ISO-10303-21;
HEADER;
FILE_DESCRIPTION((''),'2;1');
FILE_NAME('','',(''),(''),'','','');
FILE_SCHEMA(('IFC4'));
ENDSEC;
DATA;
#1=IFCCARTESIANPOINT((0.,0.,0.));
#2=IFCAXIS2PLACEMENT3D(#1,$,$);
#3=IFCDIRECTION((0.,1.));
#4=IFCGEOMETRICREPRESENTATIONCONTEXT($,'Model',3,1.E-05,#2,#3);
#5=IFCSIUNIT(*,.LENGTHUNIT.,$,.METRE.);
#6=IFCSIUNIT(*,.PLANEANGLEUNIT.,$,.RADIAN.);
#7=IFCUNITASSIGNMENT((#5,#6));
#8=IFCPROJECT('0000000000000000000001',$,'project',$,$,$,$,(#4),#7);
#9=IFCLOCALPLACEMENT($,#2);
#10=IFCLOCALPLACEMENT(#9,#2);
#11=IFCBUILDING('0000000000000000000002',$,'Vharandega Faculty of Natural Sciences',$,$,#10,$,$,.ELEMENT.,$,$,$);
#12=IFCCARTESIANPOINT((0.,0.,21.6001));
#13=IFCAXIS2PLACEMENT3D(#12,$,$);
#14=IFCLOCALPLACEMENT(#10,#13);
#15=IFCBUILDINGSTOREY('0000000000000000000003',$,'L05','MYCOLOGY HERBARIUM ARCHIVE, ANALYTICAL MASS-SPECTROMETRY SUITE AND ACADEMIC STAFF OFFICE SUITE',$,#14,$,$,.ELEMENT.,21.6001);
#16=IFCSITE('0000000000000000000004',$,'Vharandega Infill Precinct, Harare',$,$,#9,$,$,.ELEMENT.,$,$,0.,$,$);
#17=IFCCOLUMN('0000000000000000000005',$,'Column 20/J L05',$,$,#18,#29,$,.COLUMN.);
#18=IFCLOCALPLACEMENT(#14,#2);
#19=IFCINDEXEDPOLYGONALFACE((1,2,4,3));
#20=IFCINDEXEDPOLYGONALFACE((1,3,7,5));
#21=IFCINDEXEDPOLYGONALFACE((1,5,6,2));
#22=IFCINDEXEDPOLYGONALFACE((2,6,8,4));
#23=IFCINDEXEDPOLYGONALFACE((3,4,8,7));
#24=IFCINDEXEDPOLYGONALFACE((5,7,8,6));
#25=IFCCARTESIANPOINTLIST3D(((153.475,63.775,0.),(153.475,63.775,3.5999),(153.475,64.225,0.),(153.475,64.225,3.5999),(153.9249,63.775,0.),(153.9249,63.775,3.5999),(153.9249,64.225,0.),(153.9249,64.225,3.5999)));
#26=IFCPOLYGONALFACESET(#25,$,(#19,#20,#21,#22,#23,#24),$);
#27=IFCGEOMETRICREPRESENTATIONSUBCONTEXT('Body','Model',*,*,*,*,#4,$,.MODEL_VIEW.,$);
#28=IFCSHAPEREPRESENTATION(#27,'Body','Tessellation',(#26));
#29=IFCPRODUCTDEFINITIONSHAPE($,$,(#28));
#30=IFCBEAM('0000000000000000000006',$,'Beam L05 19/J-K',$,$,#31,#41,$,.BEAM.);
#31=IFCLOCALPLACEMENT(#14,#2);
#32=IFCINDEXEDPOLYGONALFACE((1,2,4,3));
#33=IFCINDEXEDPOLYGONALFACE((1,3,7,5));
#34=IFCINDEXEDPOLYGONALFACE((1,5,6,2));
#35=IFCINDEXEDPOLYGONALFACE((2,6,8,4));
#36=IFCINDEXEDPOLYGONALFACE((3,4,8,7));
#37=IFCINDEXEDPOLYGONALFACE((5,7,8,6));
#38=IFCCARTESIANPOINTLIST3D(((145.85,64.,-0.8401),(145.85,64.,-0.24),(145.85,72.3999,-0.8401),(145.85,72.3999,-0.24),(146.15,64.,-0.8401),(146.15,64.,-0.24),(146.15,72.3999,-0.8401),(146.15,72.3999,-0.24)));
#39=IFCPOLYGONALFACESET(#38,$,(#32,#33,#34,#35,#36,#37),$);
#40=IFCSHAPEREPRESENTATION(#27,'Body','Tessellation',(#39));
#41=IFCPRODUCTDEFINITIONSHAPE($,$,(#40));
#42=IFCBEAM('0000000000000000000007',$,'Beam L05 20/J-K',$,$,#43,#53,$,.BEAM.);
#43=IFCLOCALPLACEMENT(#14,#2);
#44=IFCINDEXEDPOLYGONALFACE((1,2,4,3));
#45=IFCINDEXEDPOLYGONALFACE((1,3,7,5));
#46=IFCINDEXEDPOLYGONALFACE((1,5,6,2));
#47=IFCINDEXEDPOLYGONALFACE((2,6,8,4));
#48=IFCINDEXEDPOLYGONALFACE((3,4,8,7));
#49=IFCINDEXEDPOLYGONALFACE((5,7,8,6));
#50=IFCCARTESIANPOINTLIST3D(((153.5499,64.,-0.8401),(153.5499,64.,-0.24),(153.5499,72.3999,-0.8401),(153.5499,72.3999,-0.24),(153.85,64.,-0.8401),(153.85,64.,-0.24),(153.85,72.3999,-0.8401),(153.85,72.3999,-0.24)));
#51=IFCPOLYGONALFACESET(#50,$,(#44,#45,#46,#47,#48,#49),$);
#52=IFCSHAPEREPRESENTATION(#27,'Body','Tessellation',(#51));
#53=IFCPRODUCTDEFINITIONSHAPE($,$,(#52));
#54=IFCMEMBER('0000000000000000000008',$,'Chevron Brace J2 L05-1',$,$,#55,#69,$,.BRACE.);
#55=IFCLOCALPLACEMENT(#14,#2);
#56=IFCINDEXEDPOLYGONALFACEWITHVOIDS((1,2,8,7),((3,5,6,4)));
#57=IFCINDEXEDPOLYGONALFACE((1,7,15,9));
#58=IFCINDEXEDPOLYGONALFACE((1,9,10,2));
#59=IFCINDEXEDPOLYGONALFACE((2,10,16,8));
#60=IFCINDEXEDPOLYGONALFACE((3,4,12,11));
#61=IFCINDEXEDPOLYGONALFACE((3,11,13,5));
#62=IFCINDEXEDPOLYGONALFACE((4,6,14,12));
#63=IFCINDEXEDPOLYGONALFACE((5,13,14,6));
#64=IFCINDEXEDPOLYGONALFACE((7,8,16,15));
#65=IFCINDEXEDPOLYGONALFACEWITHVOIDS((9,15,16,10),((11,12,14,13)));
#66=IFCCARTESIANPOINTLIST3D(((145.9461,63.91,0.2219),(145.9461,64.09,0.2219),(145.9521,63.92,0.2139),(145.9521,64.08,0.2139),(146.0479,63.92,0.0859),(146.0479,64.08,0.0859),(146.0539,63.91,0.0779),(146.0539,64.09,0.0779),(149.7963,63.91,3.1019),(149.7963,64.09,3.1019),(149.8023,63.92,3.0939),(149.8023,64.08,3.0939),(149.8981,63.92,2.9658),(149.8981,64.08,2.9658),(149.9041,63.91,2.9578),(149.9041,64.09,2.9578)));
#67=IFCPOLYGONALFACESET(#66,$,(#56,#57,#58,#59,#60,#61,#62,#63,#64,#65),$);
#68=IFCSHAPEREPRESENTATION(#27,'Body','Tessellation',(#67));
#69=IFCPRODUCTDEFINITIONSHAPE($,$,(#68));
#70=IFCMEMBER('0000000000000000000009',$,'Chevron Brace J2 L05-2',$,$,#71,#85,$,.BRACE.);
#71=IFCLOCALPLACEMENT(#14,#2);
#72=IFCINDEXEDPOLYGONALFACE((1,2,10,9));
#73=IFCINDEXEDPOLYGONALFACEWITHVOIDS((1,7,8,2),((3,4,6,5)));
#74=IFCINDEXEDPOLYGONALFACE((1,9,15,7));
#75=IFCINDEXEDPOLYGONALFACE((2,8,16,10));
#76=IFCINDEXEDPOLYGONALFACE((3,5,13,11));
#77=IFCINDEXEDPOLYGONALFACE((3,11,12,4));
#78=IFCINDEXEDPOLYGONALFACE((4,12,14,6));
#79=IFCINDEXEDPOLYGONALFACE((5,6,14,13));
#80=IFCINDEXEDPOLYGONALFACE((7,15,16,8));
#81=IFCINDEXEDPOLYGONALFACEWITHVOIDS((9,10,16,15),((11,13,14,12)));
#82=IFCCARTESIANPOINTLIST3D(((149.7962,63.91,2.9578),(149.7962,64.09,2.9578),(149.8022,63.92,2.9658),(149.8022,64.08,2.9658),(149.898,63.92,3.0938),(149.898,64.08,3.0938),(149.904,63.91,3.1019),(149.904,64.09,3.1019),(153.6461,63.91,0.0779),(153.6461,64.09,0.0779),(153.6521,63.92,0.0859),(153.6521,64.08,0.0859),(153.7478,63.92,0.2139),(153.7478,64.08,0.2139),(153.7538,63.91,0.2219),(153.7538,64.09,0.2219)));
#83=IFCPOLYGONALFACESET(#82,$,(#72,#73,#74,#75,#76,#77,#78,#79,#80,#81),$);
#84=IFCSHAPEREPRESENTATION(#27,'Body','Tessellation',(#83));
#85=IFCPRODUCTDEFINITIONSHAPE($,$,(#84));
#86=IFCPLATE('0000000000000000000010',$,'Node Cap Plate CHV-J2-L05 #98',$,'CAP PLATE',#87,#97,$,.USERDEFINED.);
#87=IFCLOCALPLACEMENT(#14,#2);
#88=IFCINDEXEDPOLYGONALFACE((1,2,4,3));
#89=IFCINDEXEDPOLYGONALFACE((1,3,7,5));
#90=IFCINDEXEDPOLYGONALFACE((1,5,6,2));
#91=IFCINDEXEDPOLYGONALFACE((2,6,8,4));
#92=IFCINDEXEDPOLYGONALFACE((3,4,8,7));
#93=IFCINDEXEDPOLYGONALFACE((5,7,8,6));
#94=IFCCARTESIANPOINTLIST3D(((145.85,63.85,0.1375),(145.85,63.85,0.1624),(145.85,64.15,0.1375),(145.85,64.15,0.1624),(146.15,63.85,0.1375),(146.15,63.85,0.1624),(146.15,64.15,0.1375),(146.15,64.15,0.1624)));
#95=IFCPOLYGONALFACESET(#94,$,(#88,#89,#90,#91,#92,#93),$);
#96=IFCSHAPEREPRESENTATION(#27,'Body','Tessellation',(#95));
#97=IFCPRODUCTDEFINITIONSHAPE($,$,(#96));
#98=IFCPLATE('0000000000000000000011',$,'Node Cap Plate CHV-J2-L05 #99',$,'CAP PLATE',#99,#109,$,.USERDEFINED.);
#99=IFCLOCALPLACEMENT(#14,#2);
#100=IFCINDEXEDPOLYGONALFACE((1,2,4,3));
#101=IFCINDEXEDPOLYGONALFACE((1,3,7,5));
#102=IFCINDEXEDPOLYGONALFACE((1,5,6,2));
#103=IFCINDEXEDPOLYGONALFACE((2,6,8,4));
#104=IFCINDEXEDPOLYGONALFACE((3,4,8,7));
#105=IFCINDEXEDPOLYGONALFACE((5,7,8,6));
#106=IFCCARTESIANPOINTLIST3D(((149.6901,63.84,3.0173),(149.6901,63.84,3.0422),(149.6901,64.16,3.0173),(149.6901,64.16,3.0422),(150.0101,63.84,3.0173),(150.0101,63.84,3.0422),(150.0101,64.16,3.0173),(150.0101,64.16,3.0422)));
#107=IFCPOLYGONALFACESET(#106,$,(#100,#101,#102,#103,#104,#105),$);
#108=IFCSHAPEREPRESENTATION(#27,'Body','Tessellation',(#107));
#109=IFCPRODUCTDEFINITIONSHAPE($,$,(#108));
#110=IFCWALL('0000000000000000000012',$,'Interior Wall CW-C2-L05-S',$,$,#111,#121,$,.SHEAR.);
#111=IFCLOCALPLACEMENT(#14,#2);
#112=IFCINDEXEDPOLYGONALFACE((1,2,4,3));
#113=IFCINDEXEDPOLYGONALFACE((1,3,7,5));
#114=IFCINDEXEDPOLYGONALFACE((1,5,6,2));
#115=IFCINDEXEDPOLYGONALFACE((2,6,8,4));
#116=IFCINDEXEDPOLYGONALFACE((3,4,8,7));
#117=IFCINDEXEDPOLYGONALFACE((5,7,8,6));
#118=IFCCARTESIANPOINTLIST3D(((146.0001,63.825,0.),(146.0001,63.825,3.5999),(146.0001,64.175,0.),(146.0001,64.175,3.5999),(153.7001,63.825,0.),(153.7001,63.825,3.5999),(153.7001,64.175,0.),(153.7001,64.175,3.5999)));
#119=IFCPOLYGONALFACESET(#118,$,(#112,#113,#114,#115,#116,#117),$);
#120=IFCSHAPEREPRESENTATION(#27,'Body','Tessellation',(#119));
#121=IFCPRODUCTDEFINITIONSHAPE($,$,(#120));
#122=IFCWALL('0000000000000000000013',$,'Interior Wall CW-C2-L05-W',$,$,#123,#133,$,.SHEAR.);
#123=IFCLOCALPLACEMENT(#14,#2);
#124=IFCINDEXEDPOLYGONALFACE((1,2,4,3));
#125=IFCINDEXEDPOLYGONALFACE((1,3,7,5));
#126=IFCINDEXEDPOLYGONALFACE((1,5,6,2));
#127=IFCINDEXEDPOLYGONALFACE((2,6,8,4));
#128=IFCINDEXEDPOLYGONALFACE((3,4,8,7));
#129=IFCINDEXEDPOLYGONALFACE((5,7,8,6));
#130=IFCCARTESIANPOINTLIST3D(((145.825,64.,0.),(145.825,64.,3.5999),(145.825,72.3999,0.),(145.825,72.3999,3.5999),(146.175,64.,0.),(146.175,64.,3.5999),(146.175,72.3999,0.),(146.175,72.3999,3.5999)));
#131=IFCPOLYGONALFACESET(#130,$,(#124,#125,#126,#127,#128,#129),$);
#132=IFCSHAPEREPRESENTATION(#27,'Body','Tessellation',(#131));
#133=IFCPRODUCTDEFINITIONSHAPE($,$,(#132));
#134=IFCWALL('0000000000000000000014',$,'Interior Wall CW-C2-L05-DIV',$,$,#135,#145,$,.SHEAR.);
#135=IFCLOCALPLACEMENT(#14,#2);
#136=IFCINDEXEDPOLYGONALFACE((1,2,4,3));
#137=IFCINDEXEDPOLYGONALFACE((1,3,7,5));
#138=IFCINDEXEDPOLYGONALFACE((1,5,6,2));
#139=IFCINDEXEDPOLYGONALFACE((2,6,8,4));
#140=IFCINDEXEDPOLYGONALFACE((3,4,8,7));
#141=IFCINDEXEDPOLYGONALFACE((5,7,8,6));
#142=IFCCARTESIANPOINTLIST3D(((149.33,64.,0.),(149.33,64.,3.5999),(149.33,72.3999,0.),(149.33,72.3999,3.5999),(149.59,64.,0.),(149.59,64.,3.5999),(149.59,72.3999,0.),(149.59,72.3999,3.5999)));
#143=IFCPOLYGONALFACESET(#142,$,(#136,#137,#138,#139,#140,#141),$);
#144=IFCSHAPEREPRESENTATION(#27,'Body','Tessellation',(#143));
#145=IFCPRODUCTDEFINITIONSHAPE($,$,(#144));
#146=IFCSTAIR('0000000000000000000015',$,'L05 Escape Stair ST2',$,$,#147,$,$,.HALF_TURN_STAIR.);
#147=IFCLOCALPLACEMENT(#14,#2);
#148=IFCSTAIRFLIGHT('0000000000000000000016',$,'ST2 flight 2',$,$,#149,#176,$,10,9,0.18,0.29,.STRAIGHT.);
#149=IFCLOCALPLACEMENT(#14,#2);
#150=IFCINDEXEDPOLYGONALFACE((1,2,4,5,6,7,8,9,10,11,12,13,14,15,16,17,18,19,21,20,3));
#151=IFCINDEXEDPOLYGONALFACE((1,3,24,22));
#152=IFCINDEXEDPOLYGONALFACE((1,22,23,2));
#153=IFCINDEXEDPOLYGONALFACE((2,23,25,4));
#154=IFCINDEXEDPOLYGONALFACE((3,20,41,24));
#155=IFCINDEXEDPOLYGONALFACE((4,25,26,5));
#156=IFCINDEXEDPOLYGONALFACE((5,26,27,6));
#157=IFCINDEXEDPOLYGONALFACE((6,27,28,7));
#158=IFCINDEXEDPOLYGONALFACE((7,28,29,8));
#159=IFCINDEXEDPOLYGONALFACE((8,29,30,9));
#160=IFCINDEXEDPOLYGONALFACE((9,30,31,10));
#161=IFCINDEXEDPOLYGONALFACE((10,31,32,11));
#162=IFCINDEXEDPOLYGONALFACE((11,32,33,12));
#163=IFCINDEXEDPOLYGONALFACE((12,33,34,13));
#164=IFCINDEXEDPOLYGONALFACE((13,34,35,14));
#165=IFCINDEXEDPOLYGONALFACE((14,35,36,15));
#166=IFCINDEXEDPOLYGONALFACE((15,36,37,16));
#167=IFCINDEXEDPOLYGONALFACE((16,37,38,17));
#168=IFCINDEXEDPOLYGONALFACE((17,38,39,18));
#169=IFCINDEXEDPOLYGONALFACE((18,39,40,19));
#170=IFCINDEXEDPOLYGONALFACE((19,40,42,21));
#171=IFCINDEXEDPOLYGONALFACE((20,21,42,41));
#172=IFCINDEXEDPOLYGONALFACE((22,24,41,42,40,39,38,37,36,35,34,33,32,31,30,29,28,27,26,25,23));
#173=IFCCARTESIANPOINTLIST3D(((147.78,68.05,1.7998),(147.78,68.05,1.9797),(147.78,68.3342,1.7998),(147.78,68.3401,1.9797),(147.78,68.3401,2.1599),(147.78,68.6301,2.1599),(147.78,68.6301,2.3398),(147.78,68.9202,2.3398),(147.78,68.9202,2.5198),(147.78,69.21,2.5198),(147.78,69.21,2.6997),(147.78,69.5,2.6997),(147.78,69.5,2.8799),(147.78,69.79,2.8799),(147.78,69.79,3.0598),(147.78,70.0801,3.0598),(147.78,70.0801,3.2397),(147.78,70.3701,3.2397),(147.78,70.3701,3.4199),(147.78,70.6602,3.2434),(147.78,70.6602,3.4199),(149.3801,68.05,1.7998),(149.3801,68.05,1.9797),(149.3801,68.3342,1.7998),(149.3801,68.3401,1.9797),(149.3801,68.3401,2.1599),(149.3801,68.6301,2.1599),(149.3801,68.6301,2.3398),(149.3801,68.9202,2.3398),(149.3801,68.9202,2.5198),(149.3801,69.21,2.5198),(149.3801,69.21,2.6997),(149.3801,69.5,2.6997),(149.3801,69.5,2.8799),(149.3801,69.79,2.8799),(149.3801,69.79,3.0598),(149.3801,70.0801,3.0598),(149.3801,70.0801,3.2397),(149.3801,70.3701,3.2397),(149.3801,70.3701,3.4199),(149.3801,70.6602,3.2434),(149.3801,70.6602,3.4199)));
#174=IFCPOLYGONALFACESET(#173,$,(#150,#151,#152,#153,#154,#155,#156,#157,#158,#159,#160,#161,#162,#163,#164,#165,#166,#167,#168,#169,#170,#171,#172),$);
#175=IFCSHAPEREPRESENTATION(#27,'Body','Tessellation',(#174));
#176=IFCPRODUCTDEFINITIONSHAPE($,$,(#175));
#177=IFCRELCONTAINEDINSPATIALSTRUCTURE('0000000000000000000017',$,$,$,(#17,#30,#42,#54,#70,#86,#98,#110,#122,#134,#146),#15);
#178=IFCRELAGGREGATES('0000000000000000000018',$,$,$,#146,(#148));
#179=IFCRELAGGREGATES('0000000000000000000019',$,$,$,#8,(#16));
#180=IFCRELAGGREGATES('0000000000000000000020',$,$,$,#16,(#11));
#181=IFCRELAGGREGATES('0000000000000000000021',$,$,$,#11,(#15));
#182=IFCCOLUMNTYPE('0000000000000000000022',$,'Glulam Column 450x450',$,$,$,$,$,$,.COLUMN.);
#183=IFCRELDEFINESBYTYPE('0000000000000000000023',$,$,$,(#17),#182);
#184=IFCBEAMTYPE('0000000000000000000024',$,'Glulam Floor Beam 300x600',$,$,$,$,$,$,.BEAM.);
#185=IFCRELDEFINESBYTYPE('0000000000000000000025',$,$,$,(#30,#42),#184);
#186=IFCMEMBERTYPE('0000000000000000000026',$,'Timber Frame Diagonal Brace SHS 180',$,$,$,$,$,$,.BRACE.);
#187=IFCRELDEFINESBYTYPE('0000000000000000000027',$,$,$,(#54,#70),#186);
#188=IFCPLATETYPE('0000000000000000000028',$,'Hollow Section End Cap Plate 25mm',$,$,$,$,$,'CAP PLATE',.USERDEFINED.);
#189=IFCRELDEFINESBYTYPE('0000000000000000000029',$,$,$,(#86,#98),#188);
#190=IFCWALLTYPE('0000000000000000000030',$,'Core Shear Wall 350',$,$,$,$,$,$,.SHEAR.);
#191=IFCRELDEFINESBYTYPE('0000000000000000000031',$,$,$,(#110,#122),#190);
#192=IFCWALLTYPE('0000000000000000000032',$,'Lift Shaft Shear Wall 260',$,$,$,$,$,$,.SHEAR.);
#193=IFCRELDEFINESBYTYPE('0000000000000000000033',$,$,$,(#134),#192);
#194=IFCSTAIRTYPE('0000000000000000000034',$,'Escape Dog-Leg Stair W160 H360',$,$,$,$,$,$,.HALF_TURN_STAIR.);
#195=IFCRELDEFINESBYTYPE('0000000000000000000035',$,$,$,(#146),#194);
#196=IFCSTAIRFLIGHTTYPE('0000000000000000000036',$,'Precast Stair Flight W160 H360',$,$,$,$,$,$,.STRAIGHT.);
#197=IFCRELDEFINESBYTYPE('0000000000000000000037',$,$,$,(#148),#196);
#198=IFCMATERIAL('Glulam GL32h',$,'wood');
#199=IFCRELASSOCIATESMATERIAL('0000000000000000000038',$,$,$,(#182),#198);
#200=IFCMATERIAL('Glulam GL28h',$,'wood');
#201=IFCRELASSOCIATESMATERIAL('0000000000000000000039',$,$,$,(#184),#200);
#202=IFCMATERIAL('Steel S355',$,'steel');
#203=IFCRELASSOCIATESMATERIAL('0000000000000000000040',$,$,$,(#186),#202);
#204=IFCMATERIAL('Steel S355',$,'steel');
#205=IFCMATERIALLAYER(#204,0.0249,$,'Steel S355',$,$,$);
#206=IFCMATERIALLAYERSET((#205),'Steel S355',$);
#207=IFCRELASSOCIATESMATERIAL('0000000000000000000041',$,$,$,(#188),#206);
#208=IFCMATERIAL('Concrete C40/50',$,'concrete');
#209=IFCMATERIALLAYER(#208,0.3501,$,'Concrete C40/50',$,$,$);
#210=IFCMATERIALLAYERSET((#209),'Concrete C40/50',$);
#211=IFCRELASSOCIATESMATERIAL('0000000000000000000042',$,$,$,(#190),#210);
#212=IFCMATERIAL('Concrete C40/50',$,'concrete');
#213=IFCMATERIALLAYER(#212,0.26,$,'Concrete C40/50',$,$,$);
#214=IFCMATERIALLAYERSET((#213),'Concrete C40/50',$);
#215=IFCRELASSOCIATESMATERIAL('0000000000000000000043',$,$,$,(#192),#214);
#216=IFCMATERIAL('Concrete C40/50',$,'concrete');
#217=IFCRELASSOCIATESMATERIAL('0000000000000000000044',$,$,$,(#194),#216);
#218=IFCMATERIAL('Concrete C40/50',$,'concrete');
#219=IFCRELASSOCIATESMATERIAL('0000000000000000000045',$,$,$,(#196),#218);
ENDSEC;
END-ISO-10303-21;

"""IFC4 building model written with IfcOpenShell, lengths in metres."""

from ifc_helpers import new_model, si_unit, direction, frame, frame_2d, origin, origin_2d, place, context, subcontext, project, spatial, polyline, rectangle, hollow_rectangle, outline, extrude, material, layer, layer_set, material_profile, profile_set, type_object, element, aggregate, save


model = new_model("IFC4")

# Units and contexts
model_context = context("Model", 3, precision=1e-05, world=origin(), true_north=direction((0.0, 1.0)))
body_context = subcontext(model_context, "Body", "Model", "MODEL_VIEW")
ifc_project = project(units=[si_unit("LENGTHUNIT", "METRE"), si_unit("PLANEANGLEUNIT", "RADIAN")], contexts=[model_context])

# Site, building, storey
site_placement = place(None, origin())
site = spatial("IfcSite", under=ifc_project, at=site_placement, Name="Vharandega Infill Precinct, Harare", CompositionType="ELEMENT", RefElevation=0.0)
building_placement = place(site_placement, origin())
building = spatial("IfcBuilding", under=site, at=building_placement, Name="Vharandega Faculty of Natural Sciences", CompositionType="ELEMENT")
storey_placement = place(building_placement, frame((0.0, 0.0, 21.6001)))
storey = spatial("IfcBuildingStorey", under=building, at=storey_placement, Name="L05", Description="MYCOLOGY HERBARIUM ARCHIVE, ANALYTICAL MASS-SPECTROMETRY SUITE AND ACADEMIC STAFF OFFICE SUITE", CompositionType="ELEMENT", Elevation=21.6001)

# Column
ifc_material_1 = material(Name="Glulam GL32h", Category="wood")
ifc_material_profile_1 = material_profile(ifc_material_1, rectangle(XDim=0.45, YDim=0.45, at=origin_2d()), Name="GL32h 450x450")
ifc_profile_set_1 = profile_set([ifc_material_profile_1], Name="Glulam GL32h")
column_type = type_object("IfcColumnType", Name="Glulam Column 450x450", PredefinedType="COLUMN", material=ifc_profile_set_1)
column_placement = place(storey_placement, frame((153.7, 64.0, 0.0), z_axis=(0.0, 0.0, 1.0), x_axis=(1.0, 0.0, 0.0)))
element("IfcColumn", 1, at=column_placement, inside=storey, type_object=column_type, Name="Column 20/J L05", PredefinedType="COLUMN", context=body_context, shape_type="SweptSolid", body=[
    extrude(rectangle(XDim=0.45, YDim=0.45, at=origin_2d()), origin(), (0.0, 0.0, 1.0), 3.5999),
])

# Beams
ifc_material_2 = material(Name="Glulam GL28h", Category="wood")
ifc_material_profile_2 = material_profile(ifc_material_2, rectangle(XDim=0.3, YDim=0.6001, at=origin_2d()), Name="GL28h 300x600")
ifc_profile_set_2 = profile_set([ifc_material_profile_2], Name="Glulam GL28h")
beam_type = type_object("IfcBeamType", Name="Glulam Floor Beam 300x600", PredefinedType="BEAM", material=ifc_profile_set_2)
for number, where, z_axis, x_axis, name in (
    (2, (146.0, 64.0, -0.54), (0.0, 1.0, 0.0), (-1.0, 0.0, 0.0), "Beam L05 19/J-K"),
    (3, (153.7, 64.0, -0.54), (0.0, 1.0, 0.0), (-1.0, 0.0, 0.0), "Beam L05 20/J-K"),
):
    element("IfcBeam", number, at=place(storey_placement, frame(where, z_axis=z_axis, x_axis=x_axis)), inside=storey, type_object=beam_type, Name=name, PredefinedType="BEAM", context=body_context, shape_type="SweptSolid", body=[
        extrude(rectangle(XDim=0.3, YDim=0.6001, at=origin_2d()), origin(), (0.0, 0.0, 1.0), 8.3999),
    ])

# Members
ifc_material_3 = material(Name="Steel S355", Category="steel")
ifc_material_profile_3 = material_profile(ifc_material_3, hollow_rectangle(XDim=0.1799, YDim=0.1799, WallThickness=0.01, at=origin_2d()), Name="SHS 180x180x10")
ifc_profile_set_3 = profile_set([ifc_material_profile_3], Name="Steel S355")
member_type = type_object("IfcMemberType", Name="Timber Frame Diagonal Brace SHS 180", PredefinedType="BRACE", material=ifc_profile_set_3)
member_1_placement = place(storey_placement, frame((146.0, 64.0, 0.1499), z_axis=(0.800767, 0.0, 0.598976), x_axis=(0.0, 1.0, 0.0)))
element("IfcMember", 4, at=member_1_placement, inside=storey, type_object=member_type, Name="Chevron Brace J2 L05-1", PredefinedType="BRACE", context=body_context, shape_type="SweptSolid", body=[
    extrude(hollow_rectangle(XDim=0.1799, YDim=0.1799, WallThickness=0.01, at=origin_2d()), origin(), (0.0, 0.0, 1.0), 4.8081),
])
member_2_placement = place(storey_placement, frame((153.7, 64.0, 0.1499), z_axis=(-0.800749, 0.0, 0.599), x_axis=(0.0, -1.0, 0.0)))
element("IfcMember", 5, at=member_2_placement, inside=storey, type_object=member_type, Name="Chevron Brace J2 L05-2", PredefinedType="BRACE", context=body_context, shape_type="SweptSolid", body=[
    extrude(hollow_rectangle(XDim=0.1799, YDim=0.1799, WallThickness=0.01, at=origin_2d()), origin(), (0.0, 0.0, 1.0), 4.8079),
])

# Plates
ifc_material_4 = material(Name="Steel S355", Category="steel")
ifc_layer_1 = layer(ifc_material_4, 0.0249, Name="Steel S355")
ifc_layer_set_1 = layer_set([ifc_layer_1], Name="Steel S355")
plate_type = type_object("IfcPlateType", Name="Hollow Section End Cap Plate 25mm", ElementType="CAP PLATE", PredefinedType="USERDEFINED", material=ifc_layer_set_1)
plate_1_placement = place(storey_placement, frame((146.0, 64.0, 0.1375), z_axis=(0.0, 0.0, 1.0), x_axis=(1.0, 0.0, 0.0)))
element("IfcPlate", 6, at=plate_1_placement, inside=storey, type_object=plate_type, Name="Node Cap Plate CHV-J2-L05 #98", ObjectType="CAP PLATE", PredefinedType="USERDEFINED", context=body_context, shape_type="SweptSolid", body=[
    extrude(rectangle(XDim=0.3, YDim=0.3, at=origin_2d()), origin(), (0.0, 0.0, 1.0), 0.0249),
])
plate_2_placement = place(storey_placement, frame((149.8501, 64.0, 3.0173), z_axis=(0.0, 0.0, 1.0), x_axis=(1.0, 0.0, 0.0)))
element("IfcPlate", 7, at=plate_2_placement, inside=storey, type_object=plate_type, Name="Node Cap Plate CHV-J2-L05 #99", ObjectType="CAP PLATE", PredefinedType="USERDEFINED", context=body_context, shape_type="SweptSolid", body=[
    extrude(rectangle(XDim=0.3201, YDim=0.3201, at=origin_2d()), origin(), (0.0, 0.0, 1.0), 0.0249),
])

# Walls
ifc_material_5 = material(Name="Concrete C40/50", Category="concrete")
ifc_layer_2 = layer(ifc_material_5, 0.3501, Name="Concrete C40/50")
ifc_layer_set_2 = layer_set([ifc_layer_2], Name="Concrete C40/50")
wall_type_1 = type_object("IfcWallType", Name="Core Shear Wall 350", PredefinedType="SHEAR", material=ifc_layer_set_2)
wall_1_placement = place(storey_placement, frame((146.0, 64.0, 0.0), z_axis=(0.0, 0.0, 1.0), x_axis=(1.0, 0.0, 0.0)))
element("IfcWall", 8, at=wall_1_placement, inside=storey, type_object=wall_type_1, Name="Interior Wall CW-C2-L05-S", PredefinedType="SHEAR", context=body_context, shape_type="SweptSolid", body=[
    extrude(rectangle(XDim=7.7, YDim=0.3501, at=frame_2d((3.8501, 0.0))), origin(), (0.0, 0.0, 1.0), 3.5999),
])
wall_2_placement = place(storey_placement, frame((146.0, 64.0, 0.0), z_axis=(0.0, 0.0, 1.0), x_axis=(0.0, 1.0, 0.0)))
element("IfcWall", 9, at=wall_2_placement, inside=storey, type_object=wall_type_1, Name="Interior Wall CW-C2-L05-W", PredefinedType="SHEAR", context=body_context, shape_type="SweptSolid", body=[
    extrude(rectangle(XDim=8.3999, YDim=0.3501, at=frame_2d((4.2, 0.0))), origin(), (0.0, 0.0, 1.0), 3.5999),
])
ifc_material_6 = material(Name="Concrete C40/50", Category="concrete")
ifc_layer_3 = layer(ifc_material_6, 0.26, Name="Concrete C40/50")
ifc_layer_set_3 = layer_set([ifc_layer_3], Name="Concrete C40/50")
wall_type_2 = type_object("IfcWallType", Name="Lift Shaft Shear Wall 260", PredefinedType="SHEAR", material=ifc_layer_set_3)
wall_3_placement = place(storey_placement, frame((149.46, 64.0, 0.0), z_axis=(0.0, 0.0, 1.0), x_axis=(0.0, 1.0, 0.0)))
element("IfcWall", 10, at=wall_3_placement, inside=storey, type_object=wall_type_2, Name="Interior Wall CW-C2-L05-DIV", PredefinedType="SHEAR", context=body_context, shape_type="SweptSolid", body=[
    extrude(rectangle(XDim=8.3999, YDim=0.26, at=frame_2d((4.2, 0.0))), origin(), (0.0, 0.0, 1.0), 3.5999),
])

# Stair, stair flight
ifc_material_7 = material(Name="Concrete C40/50", Category="concrete")
stair_type = type_object("IfcStairType", Name="Escape Dog-Leg Stair W160 H360", PredefinedType="HALF_TURN_STAIR", material=ifc_material_7)
stair_placement = place(storey_placement, origin())
stair = element("IfcStair", 11, at=stair_placement, inside=storey, type_object=stair_type, Name="L05 Escape Stair ST2", PredefinedType="HALF_TURN_STAIR")
ifc_material_8 = material(Name="Concrete C40/50", Category="concrete")
stair_flight_type = type_object("IfcStairFlightType", Name="Precast Stair Flight W160 H360", PredefinedType="STRAIGHT", material=ifc_material_8)
stair_flight_placement = place(storey_placement, frame((148.5801, 68.05, 1.7998), z_axis=(0.0, 0.0, 1.0), x_axis=(0.0, 1.0, 0.0)))
stair_flight = element("IfcStairFlight", 12, at=stair_flight_placement, type_object=stair_flight_type, Name="ST2 flight 2", NumberOfRisers=10, NumberOfTreads=9, PredefinedType="STRAIGHT", RiserHeight=0.18, TreadLength=0.29, context=body_context, shape_type="SweptSolid", body=[
    extrude(outline(polyline([(0.0, 0.0), (0.0, 0.1799), (0.29, 0.1799), (0.29, 0.3601), (0.5801, 0.3601), (0.5801, 0.54), (0.8701, 0.54), (0.8701, 0.72), (1.1599, 0.72), (1.1599, 0.8999), (1.45, 0.8999), (1.45, 1.0801), (1.74, 1.0801), (1.74, 1.26), (2.03, 1.26), (2.03, 1.4399), (2.3201, 1.4399), (2.3201, 1.6201), (2.6101, 1.6201), (2.6101, 1.8), (2.6101, 1.4436), (0.2842, 0.0), (0.0, 0.0)])), frame((0.0, 0.8, 0.0), z_axis=(0.0, -1.0, 0.0), x_axis=(1.0, 0.0, 0.0)), (0.0, 0.0, 1.0), 1.6001),
])
aggregate(stair, [stair_flight])

save(model, "model.ifc")
